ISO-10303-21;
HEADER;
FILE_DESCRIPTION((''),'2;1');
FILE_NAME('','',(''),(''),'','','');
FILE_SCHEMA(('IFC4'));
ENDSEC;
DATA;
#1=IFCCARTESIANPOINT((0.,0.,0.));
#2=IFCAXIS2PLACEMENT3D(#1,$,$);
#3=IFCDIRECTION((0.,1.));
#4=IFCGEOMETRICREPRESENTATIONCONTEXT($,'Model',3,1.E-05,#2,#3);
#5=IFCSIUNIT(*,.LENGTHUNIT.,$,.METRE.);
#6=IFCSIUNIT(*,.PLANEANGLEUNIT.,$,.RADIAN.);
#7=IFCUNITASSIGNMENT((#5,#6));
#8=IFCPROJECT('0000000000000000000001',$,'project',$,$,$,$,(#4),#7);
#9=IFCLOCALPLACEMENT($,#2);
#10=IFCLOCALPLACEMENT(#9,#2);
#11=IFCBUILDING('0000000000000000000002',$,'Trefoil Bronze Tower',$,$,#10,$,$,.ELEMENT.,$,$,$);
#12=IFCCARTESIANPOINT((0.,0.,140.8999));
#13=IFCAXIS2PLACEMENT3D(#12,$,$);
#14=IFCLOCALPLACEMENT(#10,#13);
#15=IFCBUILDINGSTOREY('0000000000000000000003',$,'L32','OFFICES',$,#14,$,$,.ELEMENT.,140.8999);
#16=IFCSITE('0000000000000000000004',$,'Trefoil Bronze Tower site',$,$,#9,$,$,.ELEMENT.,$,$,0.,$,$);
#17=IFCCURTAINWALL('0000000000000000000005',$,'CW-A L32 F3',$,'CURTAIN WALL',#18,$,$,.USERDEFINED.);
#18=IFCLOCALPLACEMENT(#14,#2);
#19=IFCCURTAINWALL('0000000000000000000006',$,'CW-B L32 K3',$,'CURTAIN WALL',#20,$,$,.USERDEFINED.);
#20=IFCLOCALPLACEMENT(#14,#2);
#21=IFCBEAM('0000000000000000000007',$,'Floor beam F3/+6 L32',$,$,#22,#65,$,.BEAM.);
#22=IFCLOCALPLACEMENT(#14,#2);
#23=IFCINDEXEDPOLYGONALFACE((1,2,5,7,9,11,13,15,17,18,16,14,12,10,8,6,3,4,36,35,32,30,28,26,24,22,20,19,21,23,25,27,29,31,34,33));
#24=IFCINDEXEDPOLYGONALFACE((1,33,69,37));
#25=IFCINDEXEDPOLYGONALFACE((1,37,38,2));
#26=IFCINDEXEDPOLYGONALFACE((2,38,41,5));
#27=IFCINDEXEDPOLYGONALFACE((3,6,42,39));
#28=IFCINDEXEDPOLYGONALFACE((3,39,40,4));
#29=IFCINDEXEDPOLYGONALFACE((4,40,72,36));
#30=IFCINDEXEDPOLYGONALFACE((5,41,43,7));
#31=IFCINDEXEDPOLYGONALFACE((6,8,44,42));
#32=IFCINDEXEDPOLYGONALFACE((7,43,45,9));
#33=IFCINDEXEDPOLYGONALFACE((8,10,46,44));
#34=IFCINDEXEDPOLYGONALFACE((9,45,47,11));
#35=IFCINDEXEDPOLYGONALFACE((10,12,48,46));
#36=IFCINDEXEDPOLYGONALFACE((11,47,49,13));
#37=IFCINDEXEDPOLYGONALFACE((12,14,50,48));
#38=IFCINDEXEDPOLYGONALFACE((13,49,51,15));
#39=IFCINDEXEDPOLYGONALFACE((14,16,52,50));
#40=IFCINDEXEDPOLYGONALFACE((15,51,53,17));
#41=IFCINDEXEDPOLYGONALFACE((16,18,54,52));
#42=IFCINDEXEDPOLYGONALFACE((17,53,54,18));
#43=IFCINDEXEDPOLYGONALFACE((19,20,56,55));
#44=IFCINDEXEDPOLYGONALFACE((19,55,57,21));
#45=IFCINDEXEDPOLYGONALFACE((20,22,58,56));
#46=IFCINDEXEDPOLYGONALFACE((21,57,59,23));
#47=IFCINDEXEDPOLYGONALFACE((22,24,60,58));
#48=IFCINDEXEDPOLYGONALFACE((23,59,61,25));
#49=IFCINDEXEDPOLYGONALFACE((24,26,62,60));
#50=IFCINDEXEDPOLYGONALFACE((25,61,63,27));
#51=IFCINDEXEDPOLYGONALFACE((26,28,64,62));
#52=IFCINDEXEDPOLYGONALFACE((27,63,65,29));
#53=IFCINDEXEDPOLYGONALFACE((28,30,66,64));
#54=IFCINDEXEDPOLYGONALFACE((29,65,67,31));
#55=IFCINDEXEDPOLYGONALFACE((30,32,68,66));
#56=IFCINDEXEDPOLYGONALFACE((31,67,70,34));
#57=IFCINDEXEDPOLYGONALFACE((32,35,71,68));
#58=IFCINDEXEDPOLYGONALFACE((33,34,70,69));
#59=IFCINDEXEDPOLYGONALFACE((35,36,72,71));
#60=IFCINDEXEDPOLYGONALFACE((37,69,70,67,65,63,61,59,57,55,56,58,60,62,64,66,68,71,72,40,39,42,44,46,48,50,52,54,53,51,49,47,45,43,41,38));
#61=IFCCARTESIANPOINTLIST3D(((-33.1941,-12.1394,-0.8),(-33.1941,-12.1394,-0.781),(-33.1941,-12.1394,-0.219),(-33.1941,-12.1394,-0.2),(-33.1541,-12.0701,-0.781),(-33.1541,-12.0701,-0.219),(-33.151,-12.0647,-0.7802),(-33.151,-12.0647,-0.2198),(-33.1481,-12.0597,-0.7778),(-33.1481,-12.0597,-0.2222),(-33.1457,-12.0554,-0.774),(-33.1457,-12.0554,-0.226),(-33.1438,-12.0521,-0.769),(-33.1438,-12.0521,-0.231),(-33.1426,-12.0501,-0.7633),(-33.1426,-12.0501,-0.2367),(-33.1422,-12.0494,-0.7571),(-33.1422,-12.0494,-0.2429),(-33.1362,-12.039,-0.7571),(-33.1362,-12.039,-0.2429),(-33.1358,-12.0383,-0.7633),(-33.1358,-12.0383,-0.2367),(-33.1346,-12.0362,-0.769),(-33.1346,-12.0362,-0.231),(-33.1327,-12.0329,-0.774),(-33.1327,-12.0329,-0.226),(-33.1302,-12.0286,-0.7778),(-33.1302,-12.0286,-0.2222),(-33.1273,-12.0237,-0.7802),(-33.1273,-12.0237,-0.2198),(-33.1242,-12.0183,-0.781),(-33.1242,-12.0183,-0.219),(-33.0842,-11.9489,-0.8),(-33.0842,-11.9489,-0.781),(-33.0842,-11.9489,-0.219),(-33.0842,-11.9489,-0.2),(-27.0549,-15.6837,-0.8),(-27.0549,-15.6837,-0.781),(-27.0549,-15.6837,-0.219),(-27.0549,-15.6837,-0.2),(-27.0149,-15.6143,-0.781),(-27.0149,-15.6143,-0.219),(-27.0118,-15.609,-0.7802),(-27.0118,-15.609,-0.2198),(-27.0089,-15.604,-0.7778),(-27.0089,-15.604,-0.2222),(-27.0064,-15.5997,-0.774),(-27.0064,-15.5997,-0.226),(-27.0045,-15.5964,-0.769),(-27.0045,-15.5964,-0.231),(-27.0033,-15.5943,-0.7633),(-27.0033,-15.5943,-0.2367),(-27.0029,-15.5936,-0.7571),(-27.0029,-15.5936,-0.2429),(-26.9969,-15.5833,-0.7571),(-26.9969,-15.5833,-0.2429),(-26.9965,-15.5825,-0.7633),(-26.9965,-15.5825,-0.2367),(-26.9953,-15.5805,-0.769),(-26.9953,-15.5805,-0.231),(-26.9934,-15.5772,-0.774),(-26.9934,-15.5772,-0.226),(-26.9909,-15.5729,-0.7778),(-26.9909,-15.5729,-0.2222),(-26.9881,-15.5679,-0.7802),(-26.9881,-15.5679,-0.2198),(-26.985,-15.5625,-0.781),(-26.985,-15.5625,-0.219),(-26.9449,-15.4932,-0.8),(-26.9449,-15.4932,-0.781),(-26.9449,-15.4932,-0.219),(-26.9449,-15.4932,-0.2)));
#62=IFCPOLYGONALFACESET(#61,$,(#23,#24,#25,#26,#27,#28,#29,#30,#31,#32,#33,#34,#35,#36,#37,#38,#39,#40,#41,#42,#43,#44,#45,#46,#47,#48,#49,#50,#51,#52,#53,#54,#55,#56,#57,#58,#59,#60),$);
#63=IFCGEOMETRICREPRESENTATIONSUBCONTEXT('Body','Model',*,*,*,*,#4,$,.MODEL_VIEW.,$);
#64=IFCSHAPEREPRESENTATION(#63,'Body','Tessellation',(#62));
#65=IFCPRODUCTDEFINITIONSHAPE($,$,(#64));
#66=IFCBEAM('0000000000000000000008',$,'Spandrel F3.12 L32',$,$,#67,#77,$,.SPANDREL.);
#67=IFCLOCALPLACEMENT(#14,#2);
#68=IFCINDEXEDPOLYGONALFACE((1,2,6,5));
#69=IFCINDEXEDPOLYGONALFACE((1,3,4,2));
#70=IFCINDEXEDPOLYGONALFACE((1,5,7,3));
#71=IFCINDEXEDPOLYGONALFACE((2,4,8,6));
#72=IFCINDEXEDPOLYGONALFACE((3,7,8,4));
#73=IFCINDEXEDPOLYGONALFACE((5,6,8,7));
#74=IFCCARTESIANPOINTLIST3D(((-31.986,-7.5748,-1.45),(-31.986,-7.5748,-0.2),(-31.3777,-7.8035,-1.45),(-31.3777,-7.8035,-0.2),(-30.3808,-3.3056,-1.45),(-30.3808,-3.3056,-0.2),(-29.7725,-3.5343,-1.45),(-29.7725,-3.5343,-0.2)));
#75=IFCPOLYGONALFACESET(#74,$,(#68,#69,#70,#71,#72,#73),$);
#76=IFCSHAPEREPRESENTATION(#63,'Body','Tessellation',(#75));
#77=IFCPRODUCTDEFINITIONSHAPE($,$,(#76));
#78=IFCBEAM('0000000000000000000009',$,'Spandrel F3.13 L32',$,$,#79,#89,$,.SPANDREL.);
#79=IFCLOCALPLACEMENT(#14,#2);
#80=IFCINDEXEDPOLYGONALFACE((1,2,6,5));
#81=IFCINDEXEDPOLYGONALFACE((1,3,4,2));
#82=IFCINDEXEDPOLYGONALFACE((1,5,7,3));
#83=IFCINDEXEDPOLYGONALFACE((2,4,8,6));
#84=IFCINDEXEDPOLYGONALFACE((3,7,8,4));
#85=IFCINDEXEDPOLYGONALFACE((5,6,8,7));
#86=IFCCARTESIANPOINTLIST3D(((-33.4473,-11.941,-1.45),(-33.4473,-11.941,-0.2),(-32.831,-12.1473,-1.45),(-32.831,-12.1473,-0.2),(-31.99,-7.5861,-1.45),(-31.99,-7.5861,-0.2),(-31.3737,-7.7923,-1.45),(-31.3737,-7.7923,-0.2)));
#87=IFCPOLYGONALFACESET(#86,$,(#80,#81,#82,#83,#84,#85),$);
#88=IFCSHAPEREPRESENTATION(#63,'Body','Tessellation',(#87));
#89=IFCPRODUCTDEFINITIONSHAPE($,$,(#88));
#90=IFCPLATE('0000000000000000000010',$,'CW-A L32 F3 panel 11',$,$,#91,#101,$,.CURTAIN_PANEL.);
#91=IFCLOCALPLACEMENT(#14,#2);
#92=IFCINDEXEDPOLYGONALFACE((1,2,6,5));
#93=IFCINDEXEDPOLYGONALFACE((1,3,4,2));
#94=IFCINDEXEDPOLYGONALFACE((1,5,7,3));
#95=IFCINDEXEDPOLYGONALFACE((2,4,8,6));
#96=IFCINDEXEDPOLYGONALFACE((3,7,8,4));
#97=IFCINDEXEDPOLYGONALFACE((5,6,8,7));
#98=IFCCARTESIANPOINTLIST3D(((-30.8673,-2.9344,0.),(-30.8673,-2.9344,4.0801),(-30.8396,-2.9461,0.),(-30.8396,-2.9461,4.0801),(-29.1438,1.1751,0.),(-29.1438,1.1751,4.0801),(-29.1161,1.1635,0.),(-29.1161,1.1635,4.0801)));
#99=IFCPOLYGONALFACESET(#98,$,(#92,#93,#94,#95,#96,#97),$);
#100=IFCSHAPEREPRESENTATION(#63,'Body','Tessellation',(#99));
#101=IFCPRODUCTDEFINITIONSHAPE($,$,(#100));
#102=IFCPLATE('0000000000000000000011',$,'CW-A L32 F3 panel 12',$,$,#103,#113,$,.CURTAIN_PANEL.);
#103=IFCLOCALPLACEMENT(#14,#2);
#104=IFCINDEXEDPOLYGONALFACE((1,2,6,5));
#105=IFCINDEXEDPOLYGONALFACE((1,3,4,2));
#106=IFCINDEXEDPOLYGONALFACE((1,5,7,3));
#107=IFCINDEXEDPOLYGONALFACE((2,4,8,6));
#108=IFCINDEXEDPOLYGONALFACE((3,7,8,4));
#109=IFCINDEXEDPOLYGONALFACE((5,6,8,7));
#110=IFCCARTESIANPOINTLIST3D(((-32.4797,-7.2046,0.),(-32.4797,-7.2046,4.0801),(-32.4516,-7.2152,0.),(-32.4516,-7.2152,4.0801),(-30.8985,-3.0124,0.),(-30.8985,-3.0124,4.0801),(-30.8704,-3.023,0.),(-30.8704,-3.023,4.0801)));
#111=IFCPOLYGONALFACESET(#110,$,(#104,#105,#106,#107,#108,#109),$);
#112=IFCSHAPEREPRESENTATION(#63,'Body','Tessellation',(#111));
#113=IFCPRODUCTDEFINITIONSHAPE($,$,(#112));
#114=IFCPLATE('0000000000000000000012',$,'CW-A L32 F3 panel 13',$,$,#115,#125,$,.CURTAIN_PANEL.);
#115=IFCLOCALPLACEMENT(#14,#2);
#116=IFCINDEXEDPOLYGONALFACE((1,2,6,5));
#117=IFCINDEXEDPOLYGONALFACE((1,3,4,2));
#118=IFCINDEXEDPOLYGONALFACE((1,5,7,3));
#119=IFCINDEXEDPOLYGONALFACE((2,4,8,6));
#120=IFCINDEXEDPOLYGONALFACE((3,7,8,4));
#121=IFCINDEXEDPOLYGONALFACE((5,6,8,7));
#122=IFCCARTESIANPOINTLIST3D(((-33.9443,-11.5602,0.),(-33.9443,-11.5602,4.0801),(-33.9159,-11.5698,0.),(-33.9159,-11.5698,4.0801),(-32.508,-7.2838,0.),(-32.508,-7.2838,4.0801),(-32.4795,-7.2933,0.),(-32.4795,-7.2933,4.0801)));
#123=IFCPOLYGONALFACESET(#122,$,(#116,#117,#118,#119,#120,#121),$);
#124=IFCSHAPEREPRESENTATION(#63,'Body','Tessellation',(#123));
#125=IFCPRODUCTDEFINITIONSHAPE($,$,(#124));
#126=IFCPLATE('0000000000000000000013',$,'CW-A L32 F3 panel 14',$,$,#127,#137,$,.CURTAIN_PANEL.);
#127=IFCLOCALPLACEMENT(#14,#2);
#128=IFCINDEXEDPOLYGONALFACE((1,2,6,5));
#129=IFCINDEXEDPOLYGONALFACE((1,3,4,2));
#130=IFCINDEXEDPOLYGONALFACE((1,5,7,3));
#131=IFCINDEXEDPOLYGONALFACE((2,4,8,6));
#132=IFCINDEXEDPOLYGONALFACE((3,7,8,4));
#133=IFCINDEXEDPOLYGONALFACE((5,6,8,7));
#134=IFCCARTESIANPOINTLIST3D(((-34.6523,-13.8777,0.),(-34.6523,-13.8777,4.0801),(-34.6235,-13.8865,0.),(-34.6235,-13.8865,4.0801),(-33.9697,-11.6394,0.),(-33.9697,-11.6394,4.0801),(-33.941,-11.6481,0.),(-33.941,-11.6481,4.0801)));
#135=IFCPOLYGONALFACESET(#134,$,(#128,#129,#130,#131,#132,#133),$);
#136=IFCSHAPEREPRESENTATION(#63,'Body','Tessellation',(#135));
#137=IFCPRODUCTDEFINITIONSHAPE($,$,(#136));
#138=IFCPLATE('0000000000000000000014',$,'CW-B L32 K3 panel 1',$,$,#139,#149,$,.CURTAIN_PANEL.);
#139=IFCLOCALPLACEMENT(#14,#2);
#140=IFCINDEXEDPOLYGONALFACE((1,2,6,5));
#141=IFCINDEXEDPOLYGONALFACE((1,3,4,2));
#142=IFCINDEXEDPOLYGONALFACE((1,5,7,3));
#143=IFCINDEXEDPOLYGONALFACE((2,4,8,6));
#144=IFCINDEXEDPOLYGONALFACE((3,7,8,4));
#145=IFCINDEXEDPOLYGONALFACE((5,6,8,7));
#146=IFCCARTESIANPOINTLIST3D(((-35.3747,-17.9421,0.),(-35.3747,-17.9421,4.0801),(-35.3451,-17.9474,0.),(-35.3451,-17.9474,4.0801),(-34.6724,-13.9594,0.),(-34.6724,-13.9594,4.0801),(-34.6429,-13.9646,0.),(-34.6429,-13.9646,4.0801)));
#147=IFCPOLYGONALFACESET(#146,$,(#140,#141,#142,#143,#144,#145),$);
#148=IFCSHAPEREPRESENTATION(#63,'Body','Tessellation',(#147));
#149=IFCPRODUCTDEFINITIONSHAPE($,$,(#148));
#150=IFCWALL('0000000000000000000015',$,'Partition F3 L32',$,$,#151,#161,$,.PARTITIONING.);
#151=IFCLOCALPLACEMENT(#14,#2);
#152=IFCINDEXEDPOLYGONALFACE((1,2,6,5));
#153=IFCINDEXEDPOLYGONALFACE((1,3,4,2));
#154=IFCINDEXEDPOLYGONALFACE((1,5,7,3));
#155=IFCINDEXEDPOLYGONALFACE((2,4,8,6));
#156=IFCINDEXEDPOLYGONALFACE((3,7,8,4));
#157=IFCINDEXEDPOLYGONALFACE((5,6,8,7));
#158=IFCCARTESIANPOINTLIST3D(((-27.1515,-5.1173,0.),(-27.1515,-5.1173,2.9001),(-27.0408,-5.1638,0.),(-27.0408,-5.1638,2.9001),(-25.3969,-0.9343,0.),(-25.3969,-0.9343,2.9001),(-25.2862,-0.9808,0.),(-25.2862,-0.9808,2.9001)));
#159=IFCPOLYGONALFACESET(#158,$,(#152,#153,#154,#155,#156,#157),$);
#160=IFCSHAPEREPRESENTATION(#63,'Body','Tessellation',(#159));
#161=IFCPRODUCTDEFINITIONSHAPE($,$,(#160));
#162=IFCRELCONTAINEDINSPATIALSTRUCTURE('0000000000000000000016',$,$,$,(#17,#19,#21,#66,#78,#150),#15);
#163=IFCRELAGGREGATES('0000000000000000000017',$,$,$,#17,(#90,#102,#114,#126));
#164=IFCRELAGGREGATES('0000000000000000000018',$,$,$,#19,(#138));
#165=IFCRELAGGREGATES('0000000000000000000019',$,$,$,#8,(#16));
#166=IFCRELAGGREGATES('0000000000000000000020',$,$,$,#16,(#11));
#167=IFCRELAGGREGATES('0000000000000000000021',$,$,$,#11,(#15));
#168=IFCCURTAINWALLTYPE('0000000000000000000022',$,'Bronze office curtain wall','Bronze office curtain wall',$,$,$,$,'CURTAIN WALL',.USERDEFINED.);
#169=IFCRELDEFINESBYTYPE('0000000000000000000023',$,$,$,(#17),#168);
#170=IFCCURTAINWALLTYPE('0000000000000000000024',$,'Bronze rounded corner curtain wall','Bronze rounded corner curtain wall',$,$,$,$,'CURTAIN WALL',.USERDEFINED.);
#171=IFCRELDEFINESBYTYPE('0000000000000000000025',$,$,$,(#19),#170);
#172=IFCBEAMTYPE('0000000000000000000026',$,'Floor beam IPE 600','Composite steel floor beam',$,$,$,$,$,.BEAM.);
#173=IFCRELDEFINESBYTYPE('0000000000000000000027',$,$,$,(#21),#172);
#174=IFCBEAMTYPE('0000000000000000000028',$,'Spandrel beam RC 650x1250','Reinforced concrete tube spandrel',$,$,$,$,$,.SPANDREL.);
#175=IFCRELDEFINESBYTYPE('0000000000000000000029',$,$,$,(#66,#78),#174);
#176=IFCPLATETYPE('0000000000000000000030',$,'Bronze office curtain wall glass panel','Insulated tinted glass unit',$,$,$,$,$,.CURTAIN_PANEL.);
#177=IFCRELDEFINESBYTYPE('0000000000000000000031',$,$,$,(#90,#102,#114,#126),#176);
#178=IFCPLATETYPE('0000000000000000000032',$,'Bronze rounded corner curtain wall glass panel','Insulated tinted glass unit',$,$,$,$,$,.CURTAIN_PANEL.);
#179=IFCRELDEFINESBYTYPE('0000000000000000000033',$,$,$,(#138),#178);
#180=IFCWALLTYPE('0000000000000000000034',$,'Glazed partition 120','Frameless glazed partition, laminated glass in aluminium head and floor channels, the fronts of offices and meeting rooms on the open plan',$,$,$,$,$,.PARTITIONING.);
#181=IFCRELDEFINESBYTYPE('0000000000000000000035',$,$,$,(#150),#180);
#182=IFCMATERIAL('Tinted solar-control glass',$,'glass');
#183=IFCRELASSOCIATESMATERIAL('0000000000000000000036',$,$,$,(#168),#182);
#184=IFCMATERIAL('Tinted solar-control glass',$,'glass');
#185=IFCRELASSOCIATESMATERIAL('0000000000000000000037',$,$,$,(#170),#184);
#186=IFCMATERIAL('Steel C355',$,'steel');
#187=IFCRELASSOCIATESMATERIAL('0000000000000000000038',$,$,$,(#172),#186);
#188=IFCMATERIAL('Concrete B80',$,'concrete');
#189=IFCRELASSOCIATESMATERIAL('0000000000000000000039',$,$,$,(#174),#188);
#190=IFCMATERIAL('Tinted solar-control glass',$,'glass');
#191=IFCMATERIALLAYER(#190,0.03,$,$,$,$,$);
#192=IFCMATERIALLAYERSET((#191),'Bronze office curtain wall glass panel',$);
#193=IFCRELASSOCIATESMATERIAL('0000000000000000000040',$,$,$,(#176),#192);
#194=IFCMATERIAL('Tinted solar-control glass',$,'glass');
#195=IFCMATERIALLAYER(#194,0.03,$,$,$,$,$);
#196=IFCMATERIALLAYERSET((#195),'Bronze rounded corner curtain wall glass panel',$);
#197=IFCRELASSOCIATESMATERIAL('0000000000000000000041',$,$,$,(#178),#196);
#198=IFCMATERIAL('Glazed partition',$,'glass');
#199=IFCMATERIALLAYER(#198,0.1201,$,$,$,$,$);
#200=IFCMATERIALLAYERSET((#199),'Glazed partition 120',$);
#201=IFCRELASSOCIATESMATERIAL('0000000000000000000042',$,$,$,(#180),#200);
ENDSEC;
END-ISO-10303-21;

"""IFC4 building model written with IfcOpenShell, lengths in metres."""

from ifc_helpers import new_model, si_unit, direction, frame, frame_2d, origin, origin_2d, place, context, subcontext, project, spatial, rectangle, i_section, extrude, material, layer, layer_set, material_profile, profile_set, type_object, element, aggregate, save


model = new_model("IFC4")

# Units and contexts
model_context = context("Model", 3, precision=1e-05, world=origin(), true_north=direction((0.0, 1.0)))
body_context = subcontext(model_context, "Body", "Model", "MODEL_VIEW")
ifc_project = project(units=[si_unit("LENGTHUNIT", "METRE"), si_unit("PLANEANGLEUNIT", "RADIAN")], contexts=[model_context])

# Site, building, storey
site_placement = place(None, origin())
site = spatial("IfcSite", under=ifc_project, at=site_placement, Name="Trefoil Bronze Tower site", CompositionType="ELEMENT", RefElevation=0.0)
building_placement = place(site_placement, origin())
building = spatial("IfcBuilding", under=site, at=building_placement, Name="Trefoil Bronze Tower", CompositionType="ELEMENT")
storey_placement = place(building_placement, frame((0.0, 0.0, 140.8999)))
storey = spatial("IfcBuildingStorey", under=building, at=storey_placement, Name="L32", Description="OFFICES", CompositionType="ELEMENT", Elevation=140.8999)

# Curtain walls
ifc_material_1 = material(Name="Tinted solar-control glass", Category="glass")
curtain_wall_type_1 = type_object("IfcCurtainWallType", Name="Bronze office curtain wall", Description="Bronze office curtain wall", ElementType="CURTAIN WALL", PredefinedType="USERDEFINED", material=ifc_material_1)
curtain_wall_1_placement = place(storey_placement, origin())
curtain_wall_1 = element("IfcCurtainWall", 1, at=curtain_wall_1_placement, inside=storey, type_object=curtain_wall_type_1, Name="CW-A L32 F3", ObjectType="CURTAIN WALL", PredefinedType="USERDEFINED")
ifc_material_2 = material(Name="Tinted solar-control glass", Category="glass")
curtain_wall_type_2 = type_object("IfcCurtainWallType", Name="Bronze rounded corner curtain wall", Description="Bronze rounded corner curtain wall", ElementType="CURTAIN WALL", PredefinedType="USERDEFINED", material=ifc_material_2)
curtain_wall_2_placement = place(storey_placement, origin())
curtain_wall_2 = element("IfcCurtainWall", 2, at=curtain_wall_2_placement, inside=storey, type_object=curtain_wall_type_2, Name="CW-B L32 K3", ObjectType="CURTAIN WALL", PredefinedType="USERDEFINED")

# Beams
ifc_material_3 = material(Name="Steel C355", Category="steel")
ifc_material_profile_1 = material_profile(ifc_material_3, i_section(OverallWidth=0.22, OverallDepth=0.6001, WebThickness=0.012, FlangeThickness=0.019, FilletRadius=0.0239, at=origin_2d()), Name="IPE 600")
ifc_profile_set_1 = profile_set([ifc_material_profile_1], Name="Steel C355")
beam_type_1 = type_object("IfcBeamType", Name="Floor beam IPE 600", Description="Composite steel floor beam", PredefinedType="BEAM", material=ifc_profile_set_1)
beam_1_placement = place(storey_placement, frame((-33.1392, -12.0442, -0.5), z_axis=(0.866041, -0.499973, 0.0), x_axis=(0.499973, 0.866041, 0.0)))
element("IfcBeam", 3, at=beam_1_placement, inside=storey, type_object=beam_type_1, Name="Floor beam F3/+6 L32", PredefinedType="BEAM", context=body_context, shape_type="SweptSolid", body=[
    extrude(i_section(OverallWidth=0.22, OverallDepth=0.6001, WebThickness=0.012, FlangeThickness=0.019, FilletRadius=0.0239, at=origin_2d()), origin(), (0.0, 0.0, 1.0), 7.0889),
])
ifc_material_4 = material(Name="Concrete B80", Category="concrete")
ifc_material_profile_2 = material_profile(ifc_material_4, rectangle(XDim=0.6499, YDim=1.25, at=origin_2d()), Name="RC 650x1250")
ifc_profile_set_2 = profile_set([ifc_material_profile_2], Name="Concrete B80")
beam_type_2 = type_object("IfcBeamType", Name="Spandrel beam RC 650x1250", Description="Reinforced concrete tube spandrel", PredefinedType="SPANDREL", material=ifc_profile_set_2)
beam_2_placement = place(storey_placement, frame((-30.0767, -3.4199, -0.825), z_axis=(-0.351939, -0.936023, 0.0), x_axis=(0.936023, -0.351939, 0.0)))
element("IfcBeam", 4, at=beam_2_placement, inside=storey, type_object=beam_type_2, Name="Spandrel F3.12 L32", PredefinedType="SPANDREL", context=body_context, shape_type="SweptSolid", body=[
    extrude(rectangle(XDim=0.6499, YDim=1.25, at=origin_2d()), origin(), (0.0, 0.0, 1.0), 4.561),
])
beam_3_placement = place(storey_placement, frame((-31.6819, -7.6892, -0.825), z_axis=(-0.317328, -0.948316, 0.0), x_axis=(0.948316, -0.317328, 0.0)))
element("IfcBeam", 5, at=beam_3_placement, inside=storey, type_object=beam_type_2, Name="Spandrel F3.13 L32", PredefinedType="SPANDREL", context=body_context, shape_type="SweptSolid", body=[
    extrude(rectangle(XDim=0.6499, YDim=1.25, at=origin_2d()), origin(), (0.0, 0.0, 1.0), 4.5923),
])

# Plates
ifc_material_5 = material(Name="Tinted solar-control glass", Category="glass")
ifc_layer_1 = layer(ifc_material_5, 0.03)
ifc_layer_set_1 = layer_set([ifc_layer_1], Name="Bronze office curtain wall glass panel")
plate_type_1 = type_object("IfcPlateType", Name="Bronze office curtain wall glass panel", Description="Insulated tinted glass unit", PredefinedType="CURTAIN_PANEL", material=ifc_layer_set_1)
plate_1_placement = place(storey_placement, frame((-29.9917, -0.8855, 0.0), z_axis=(0.0, 0.0, 1.0), x_axis=(-0.386759, -0.922181, 0.0)))
plate_1 = element("IfcPlate", 6, at=plate_1_placement, type_object=plate_type_1, Name="CW-A L32 F3 panel 11", PredefinedType="CURTAIN_PANEL", context=body_context, shape_type="SweptSolid", body=[
    extrude(rectangle(XDim=4.4563, YDim=0.03, at=origin_2d()), origin(), (0.0, 0.0, 1.0), 4.0801),
])
plate_2_placement = place(storey_placement, frame((-31.675, -5.1138, 0.0), z_axis=(0.0, 0.0, 1.0), x_axis=(-0.35292, -0.935654, 0.0)))
plate_2 = element("IfcPlate", 7, at=plate_2_placement, type_object=plate_type_1, Name="CW-A L32 F3 panel 12", PredefinedType="CURTAIN_PANEL", context=body_context, shape_type="SweptSolid", body=[
    extrude(rectangle(XDim=4.4805, YDim=0.03, at=origin_2d()), origin(), (0.0, 0.0, 1.0), 4.0801),
])
plate_3_placement = place(storey_placement, frame((-33.2119, -9.4268, 0.0), z_axis=(0.0, 0.0, 1.0), x_axis=(-0.318404, -0.947955, 0.0)))
plate_3 = element("IfcPlate", 8, at=plate_3_placement, type_object=plate_type_1, Name="CW-A L32 F3 panel 13", PredefinedType="CURTAIN_PANEL", context=body_context, shape_type="SweptSolid", body=[
    extrude(rectangle(XDim=4.5112, YDim=0.03, at=origin_2d()), origin(), (0.0, 0.0, 1.0), 4.0801),
])
plate_4_placement = place(storey_placement, frame((-34.2966, -12.7629, 0.0), z_axis=(0.0, 0.0, 1.0), x_axis=(-0.291669, -0.956519, 0.0)))
plate_4 = element("IfcPlate", 9, at=plate_4_placement, type_object=plate_type_1, Name="CW-A L32 F3 panel 14", PredefinedType="CURTAIN_PANEL", context=body_context, shape_type="SweptSolid", body=[
    extrude(rectangle(XDim=2.3401, YDim=0.03, at=origin_2d()), origin(), (0.0, 0.0, 1.0), 4.0801),
])
aggregate(curtain_wall_1, [plate_1, plate_2, plate_3, plate_4])
ifc_material_6 = material(Name="Tinted solar-control glass", Category="glass")
ifc_layer_2 = layer(ifc_material_6, 0.03)
ifc_layer_set_2 = layer_set([ifc_layer_2], Name="Bronze rounded corner curtain wall glass panel")
plate_type_2 = type_object("IfcPlateType", Name="Bronze rounded corner curtain wall glass panel", Description="Insulated tinted glass unit", PredefinedType="CURTAIN_PANEL", material=ifc_layer_set_2)
plate_5_placement = place(storey_placement, frame((-35.0088, -15.9534, 0.0), z_axis=(0.0, 0.0, 1.0), x_axis=(-0.173648, -0.984808, 0.0)))
plate_5 = element("IfcPlate", 10, at=plate_5_placement, type_object=plate_type_2, Name="CW-B L32 K3 panel 1", PredefinedType="CURTAIN_PANEL", context=body_context, shape_type="SweptSolid", body=[
    extrude(rectangle(XDim=4.0442, YDim=0.03, at=origin_2d()), origin(), (0.0, 0.0, 1.0), 4.0801),
])
aggregate(curtain_wall_2, [plate_5])

# Wall
ifc_material_7 = material(Name="Glazed partition", Category="glass")
ifc_layer_3 = layer(ifc_material_7, 0.1201)
ifc_layer_set_3 = layer_set([ifc_layer_3], Name="Glazed partition 120")
wall_type = type_object("IfcWallType", Name="Glazed partition 120", Description="Frameless glazed partition, laminated glass in aluminium head and floor channels, the fronts of offices and meeting rooms on the open plan", PredefinedType="PARTITIONING", material=ifc_layer_set_3)
wall_1_placement = place(storey_placement, frame((-25.3416, -0.9575, 0.0), z_axis=(0.0, 0.0, 1.0), x_axis=(-0.386808, -0.92216, 0.0)))
element("IfcWall", 11, at=wall_1_placement, inside=storey, type_object=wall_type, Name="Partition F3 L32", PredefinedType="PARTITIONING", context=body_context, shape_type="SweptSolid", body=[
    extrude(rectangle(XDim=4.5361, YDim=0.1201, at=frame_2d((2.2681, 0.0))), origin(), (0.0, 0.0, 1.0), 2.9001),
])

save(model, "model.ifc")
